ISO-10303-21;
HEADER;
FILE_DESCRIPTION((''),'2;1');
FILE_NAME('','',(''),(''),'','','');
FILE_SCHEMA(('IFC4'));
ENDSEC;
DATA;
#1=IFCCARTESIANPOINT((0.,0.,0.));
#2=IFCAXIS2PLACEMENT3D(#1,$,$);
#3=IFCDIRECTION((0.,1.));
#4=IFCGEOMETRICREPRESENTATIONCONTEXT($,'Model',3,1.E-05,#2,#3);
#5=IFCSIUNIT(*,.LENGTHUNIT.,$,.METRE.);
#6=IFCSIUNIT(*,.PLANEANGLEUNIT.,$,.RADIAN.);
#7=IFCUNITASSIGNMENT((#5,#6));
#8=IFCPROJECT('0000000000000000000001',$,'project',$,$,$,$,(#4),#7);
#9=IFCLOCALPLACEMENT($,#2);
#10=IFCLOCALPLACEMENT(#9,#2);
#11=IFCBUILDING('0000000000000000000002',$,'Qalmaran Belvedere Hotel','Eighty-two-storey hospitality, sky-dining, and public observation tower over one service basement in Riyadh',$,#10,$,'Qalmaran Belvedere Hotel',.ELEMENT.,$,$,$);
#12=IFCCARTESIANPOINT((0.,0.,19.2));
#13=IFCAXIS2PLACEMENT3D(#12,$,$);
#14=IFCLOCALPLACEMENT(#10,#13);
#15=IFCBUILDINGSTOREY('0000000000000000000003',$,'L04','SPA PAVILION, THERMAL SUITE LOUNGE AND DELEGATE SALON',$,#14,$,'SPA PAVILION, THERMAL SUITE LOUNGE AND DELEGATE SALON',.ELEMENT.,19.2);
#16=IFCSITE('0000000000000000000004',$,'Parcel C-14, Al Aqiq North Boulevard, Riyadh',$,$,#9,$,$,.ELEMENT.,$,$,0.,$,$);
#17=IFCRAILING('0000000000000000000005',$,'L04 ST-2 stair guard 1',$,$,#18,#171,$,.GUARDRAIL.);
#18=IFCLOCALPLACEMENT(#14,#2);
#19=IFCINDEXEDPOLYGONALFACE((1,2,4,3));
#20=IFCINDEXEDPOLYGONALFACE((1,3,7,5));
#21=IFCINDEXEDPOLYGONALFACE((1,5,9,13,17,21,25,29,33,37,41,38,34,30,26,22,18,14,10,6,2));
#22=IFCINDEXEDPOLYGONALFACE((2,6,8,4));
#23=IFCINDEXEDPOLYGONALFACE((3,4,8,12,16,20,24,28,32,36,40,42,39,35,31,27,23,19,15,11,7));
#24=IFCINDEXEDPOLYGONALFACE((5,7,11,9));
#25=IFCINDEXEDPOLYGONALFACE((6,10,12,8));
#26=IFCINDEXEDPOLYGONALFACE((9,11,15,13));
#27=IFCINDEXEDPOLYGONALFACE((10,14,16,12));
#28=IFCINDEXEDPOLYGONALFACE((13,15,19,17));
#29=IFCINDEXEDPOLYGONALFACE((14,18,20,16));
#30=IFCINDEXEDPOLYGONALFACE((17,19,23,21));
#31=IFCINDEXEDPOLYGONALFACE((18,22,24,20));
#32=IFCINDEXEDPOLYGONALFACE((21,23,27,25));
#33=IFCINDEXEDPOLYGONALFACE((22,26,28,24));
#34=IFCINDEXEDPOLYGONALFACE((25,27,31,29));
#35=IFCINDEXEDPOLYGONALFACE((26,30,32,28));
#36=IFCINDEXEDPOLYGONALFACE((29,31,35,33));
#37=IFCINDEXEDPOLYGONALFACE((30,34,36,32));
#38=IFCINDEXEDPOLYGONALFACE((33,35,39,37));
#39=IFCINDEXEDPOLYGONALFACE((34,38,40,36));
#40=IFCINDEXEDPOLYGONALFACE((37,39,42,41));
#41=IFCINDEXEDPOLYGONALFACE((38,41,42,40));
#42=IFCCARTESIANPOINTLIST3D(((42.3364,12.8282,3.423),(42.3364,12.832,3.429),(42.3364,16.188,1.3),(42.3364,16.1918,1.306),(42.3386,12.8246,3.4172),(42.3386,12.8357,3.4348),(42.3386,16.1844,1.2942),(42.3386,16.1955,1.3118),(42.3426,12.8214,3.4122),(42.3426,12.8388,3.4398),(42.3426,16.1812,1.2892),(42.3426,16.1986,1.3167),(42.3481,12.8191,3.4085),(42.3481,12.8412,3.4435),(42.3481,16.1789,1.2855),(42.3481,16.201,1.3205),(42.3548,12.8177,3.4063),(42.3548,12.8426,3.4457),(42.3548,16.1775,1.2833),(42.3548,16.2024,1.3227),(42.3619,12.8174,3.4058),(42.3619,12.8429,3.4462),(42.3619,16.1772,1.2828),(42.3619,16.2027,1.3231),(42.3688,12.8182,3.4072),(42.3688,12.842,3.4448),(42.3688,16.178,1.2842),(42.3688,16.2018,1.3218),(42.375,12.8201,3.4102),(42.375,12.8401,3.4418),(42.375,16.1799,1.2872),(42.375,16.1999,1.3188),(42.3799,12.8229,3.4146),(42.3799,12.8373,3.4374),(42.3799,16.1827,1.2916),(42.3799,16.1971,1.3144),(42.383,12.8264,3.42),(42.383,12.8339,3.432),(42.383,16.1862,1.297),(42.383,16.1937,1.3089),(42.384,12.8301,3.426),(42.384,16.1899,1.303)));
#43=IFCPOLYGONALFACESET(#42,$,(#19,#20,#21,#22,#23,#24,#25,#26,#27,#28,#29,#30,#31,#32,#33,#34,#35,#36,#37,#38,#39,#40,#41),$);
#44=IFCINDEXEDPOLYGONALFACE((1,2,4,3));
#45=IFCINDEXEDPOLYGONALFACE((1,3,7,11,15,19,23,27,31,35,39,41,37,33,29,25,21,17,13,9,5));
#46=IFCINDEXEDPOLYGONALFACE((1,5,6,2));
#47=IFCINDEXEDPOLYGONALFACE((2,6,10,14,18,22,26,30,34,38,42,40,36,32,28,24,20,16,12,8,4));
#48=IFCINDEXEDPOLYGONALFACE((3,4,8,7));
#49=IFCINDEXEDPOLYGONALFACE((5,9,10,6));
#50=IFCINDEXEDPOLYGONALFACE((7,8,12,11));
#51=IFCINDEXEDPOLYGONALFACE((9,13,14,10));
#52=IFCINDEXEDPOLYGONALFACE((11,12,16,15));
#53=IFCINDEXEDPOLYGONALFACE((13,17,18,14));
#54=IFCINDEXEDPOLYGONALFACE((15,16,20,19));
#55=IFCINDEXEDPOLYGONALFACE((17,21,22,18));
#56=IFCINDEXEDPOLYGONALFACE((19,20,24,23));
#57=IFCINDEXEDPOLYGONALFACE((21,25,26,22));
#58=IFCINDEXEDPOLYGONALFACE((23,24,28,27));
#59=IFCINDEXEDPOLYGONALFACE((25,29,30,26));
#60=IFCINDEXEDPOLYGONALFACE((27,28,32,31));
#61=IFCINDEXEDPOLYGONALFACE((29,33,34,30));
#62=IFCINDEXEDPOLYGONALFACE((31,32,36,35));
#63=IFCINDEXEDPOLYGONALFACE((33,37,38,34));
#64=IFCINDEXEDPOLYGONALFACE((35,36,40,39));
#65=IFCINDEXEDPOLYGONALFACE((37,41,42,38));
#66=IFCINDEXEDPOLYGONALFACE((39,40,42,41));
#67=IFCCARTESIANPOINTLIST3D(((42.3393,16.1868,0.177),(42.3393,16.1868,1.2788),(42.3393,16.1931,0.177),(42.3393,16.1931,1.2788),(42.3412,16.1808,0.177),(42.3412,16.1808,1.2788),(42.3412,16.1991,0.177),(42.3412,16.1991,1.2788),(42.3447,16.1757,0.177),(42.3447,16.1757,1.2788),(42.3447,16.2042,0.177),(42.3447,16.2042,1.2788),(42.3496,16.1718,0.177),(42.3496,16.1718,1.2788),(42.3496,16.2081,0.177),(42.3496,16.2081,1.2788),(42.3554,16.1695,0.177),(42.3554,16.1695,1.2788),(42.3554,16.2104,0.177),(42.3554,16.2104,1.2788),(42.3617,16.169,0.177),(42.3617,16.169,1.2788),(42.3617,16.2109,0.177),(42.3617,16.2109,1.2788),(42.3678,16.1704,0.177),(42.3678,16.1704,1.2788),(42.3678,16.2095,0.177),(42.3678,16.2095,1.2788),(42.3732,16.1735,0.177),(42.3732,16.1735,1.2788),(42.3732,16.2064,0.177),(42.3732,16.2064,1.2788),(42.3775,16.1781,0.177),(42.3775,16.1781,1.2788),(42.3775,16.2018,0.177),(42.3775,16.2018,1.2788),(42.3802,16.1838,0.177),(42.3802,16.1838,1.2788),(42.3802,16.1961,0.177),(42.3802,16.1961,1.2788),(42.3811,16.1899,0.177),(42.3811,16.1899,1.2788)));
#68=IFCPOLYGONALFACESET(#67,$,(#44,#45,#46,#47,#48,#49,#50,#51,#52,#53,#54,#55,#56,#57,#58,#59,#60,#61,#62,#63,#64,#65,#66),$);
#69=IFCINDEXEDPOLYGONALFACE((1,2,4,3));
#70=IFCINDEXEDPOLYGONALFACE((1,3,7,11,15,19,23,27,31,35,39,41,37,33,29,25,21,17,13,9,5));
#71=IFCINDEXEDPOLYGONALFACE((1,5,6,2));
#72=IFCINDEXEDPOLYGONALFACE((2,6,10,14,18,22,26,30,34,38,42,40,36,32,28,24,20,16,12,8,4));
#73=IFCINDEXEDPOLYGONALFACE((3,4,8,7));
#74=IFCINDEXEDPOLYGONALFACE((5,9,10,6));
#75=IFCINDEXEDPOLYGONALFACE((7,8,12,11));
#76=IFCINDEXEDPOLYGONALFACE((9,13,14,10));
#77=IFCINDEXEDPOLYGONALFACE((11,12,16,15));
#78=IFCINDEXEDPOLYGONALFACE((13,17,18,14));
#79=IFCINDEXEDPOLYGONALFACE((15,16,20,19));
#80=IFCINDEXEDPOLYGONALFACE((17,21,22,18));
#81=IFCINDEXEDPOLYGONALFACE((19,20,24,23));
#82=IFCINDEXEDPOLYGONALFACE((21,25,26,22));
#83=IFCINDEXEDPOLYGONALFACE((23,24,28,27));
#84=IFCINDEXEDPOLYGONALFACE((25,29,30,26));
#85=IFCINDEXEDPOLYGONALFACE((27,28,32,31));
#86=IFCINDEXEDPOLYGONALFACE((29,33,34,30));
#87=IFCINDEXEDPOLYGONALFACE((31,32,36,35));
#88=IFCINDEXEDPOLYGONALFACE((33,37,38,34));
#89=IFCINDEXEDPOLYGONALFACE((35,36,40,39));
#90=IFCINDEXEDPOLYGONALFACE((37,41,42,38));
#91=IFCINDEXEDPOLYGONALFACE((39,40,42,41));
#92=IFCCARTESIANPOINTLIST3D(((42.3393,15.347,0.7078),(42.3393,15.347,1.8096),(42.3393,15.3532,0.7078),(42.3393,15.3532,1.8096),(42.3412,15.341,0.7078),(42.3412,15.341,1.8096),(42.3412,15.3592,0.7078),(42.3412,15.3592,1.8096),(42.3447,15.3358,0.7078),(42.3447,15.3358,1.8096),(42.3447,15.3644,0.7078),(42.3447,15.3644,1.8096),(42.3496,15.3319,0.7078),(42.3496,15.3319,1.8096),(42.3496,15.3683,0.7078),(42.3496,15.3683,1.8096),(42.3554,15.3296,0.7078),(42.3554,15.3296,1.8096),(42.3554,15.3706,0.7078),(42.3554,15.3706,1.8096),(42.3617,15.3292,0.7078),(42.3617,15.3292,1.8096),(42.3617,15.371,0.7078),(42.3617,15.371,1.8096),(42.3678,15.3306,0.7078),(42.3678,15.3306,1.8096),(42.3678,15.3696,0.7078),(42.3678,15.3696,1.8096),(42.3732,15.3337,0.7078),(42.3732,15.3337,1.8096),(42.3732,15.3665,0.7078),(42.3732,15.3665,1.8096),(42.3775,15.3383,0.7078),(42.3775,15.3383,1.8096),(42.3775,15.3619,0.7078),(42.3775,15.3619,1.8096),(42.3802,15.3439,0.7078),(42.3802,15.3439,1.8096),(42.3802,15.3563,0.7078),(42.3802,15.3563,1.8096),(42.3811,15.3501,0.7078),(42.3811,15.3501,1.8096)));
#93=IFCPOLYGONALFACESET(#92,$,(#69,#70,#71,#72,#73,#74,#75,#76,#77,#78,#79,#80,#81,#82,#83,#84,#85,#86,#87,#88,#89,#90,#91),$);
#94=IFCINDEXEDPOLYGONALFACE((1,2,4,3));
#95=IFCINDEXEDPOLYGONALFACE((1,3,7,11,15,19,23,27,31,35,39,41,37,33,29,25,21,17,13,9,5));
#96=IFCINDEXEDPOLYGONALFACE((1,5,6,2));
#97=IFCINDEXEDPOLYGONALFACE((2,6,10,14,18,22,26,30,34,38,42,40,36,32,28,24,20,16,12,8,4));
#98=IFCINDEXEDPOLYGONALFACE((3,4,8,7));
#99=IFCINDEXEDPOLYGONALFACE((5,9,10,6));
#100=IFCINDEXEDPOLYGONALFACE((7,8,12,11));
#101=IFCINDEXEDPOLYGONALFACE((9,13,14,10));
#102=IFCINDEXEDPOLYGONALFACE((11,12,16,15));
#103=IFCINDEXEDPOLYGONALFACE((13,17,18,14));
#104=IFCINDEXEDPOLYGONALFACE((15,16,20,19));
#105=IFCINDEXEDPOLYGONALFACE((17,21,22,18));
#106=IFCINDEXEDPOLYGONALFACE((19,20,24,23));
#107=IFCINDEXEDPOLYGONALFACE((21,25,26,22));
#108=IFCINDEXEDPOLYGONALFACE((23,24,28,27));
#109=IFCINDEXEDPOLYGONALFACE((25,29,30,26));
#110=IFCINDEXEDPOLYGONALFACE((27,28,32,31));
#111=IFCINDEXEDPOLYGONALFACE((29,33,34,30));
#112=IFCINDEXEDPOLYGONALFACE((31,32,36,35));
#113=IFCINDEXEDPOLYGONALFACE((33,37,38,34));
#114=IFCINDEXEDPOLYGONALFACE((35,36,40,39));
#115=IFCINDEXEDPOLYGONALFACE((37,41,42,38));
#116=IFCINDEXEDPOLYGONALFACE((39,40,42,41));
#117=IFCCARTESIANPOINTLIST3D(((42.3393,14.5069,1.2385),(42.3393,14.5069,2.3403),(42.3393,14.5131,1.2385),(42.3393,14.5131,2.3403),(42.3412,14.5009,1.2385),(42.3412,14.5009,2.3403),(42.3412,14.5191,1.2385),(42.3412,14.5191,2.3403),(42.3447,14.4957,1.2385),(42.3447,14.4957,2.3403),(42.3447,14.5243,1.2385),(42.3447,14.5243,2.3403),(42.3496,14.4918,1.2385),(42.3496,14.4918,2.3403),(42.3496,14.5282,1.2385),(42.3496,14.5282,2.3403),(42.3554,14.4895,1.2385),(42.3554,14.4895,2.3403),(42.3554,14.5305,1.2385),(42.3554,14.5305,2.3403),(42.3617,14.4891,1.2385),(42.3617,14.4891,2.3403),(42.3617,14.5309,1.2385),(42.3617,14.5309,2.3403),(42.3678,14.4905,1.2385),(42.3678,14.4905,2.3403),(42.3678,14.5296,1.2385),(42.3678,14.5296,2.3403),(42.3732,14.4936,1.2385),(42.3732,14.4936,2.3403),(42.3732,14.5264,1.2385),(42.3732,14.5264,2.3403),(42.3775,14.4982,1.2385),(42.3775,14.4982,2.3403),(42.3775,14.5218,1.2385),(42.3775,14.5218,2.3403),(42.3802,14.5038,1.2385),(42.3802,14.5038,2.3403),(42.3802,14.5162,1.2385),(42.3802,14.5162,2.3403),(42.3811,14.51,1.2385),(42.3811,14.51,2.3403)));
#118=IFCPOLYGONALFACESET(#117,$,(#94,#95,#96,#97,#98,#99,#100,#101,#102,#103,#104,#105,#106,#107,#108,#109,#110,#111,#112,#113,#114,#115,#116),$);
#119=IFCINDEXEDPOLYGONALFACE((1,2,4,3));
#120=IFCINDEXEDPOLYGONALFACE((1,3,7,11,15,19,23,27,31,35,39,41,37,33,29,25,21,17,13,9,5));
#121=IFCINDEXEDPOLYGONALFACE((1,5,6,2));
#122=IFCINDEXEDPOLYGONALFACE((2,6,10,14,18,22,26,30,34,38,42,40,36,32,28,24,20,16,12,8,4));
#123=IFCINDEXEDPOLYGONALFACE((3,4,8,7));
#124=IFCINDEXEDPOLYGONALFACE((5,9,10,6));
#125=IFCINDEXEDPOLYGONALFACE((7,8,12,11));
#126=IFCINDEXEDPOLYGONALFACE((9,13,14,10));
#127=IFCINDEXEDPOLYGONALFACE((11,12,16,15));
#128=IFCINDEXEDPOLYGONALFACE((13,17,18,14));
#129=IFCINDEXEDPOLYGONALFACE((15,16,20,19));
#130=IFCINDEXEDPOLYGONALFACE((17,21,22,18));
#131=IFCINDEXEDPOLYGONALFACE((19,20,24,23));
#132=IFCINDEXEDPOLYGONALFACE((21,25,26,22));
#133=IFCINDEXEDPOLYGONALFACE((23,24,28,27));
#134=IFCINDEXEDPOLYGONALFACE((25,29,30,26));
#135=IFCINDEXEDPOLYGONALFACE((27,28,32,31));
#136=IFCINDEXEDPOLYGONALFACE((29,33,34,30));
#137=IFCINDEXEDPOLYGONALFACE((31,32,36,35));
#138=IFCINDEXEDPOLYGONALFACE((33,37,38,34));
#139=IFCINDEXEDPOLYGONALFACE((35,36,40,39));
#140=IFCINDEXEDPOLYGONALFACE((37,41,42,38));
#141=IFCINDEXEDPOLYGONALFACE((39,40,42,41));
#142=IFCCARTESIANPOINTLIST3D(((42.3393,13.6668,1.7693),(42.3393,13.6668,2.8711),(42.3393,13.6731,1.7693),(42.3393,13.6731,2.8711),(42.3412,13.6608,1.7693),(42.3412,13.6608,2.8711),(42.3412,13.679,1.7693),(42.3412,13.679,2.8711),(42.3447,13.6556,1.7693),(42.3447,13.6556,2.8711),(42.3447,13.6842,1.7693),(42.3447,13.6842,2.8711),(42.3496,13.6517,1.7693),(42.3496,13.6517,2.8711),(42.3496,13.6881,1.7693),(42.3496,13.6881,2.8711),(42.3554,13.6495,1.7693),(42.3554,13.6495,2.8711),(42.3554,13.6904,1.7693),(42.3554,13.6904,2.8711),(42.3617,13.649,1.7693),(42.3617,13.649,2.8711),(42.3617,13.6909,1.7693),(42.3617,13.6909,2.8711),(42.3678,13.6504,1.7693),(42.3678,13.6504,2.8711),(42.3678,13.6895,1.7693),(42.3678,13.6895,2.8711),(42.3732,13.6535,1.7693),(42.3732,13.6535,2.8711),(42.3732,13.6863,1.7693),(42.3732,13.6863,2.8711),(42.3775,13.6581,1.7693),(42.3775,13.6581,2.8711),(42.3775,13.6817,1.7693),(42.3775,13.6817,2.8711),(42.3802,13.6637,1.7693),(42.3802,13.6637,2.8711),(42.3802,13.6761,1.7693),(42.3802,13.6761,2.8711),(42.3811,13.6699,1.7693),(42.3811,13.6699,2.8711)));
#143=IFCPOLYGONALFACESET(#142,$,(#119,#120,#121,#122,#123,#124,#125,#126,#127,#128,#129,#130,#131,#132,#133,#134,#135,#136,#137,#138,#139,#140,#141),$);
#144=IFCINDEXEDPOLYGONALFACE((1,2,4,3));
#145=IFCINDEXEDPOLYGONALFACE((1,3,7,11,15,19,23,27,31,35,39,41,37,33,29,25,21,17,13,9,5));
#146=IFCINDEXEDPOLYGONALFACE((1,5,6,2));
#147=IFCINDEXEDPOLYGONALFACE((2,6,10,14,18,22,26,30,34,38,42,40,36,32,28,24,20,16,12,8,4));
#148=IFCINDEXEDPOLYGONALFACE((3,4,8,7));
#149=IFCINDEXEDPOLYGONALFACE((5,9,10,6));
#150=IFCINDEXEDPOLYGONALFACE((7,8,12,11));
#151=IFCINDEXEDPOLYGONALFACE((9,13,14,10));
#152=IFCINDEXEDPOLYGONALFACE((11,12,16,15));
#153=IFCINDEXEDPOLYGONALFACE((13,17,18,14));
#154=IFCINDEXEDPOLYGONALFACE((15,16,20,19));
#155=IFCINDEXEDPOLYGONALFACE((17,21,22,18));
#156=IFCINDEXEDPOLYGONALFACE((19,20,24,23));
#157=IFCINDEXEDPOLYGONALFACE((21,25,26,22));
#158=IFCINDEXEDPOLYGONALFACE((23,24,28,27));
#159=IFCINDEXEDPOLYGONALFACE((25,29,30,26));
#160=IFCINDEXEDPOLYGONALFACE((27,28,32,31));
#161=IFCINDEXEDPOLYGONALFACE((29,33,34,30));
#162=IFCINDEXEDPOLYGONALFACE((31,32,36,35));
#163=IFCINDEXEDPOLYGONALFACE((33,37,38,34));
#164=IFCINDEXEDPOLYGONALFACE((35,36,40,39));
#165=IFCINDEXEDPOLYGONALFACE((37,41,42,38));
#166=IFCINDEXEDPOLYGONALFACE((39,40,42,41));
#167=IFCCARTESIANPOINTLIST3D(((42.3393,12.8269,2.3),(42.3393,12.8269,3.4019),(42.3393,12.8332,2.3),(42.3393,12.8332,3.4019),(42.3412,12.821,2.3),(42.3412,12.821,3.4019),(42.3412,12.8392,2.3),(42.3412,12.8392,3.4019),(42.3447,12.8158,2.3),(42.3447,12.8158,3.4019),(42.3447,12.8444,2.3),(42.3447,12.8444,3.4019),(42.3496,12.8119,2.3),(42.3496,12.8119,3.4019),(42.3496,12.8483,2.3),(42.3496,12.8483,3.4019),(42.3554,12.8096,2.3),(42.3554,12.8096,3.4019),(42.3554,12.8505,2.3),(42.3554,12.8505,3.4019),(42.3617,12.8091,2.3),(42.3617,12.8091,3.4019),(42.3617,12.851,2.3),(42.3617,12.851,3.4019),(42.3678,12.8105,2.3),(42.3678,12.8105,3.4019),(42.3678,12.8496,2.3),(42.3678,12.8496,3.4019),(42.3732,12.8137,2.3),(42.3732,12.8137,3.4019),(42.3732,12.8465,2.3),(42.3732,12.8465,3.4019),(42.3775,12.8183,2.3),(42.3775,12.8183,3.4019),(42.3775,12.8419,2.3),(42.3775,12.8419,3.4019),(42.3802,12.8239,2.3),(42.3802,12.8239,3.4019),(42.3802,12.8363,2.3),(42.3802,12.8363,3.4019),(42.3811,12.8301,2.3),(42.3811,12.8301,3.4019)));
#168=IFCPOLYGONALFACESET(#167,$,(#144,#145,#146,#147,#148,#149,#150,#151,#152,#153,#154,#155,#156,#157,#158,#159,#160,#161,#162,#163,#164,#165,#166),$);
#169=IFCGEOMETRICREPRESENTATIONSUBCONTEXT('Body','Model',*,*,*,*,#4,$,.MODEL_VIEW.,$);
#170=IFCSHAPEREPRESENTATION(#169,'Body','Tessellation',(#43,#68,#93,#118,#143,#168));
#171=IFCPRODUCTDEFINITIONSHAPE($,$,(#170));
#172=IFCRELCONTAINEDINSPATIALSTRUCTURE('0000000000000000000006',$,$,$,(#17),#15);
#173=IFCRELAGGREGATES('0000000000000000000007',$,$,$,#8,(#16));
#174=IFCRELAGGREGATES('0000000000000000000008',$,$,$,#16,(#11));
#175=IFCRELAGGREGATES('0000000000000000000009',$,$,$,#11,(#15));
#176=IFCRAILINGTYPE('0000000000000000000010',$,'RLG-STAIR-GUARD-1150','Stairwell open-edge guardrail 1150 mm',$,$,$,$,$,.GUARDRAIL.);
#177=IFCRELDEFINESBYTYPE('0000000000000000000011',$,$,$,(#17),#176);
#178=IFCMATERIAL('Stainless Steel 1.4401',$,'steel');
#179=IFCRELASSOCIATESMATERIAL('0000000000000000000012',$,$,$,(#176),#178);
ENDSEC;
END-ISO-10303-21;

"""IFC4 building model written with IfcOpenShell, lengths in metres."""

from ifc_helpers import new_model, si_unit, direction, frame, origin, origin_2d, place, context, subcontext, project, spatial, circle, extrude, material, type_object, element, save


model = new_model("IFC4")

# Units and contexts
model_context = context("Model", 3, precision=1e-05, world=origin(), true_north=direction((0.0, 1.0)))
body_context = subcontext(model_context, "Body", "Model", "MODEL_VIEW")
ifc_project = project(units=[si_unit("LENGTHUNIT", "METRE"), si_unit("PLANEANGLEUNIT", "RADIAN")], contexts=[model_context])

# Site, building, storey
site_placement = place(None, origin())
site = spatial("IfcSite", under=ifc_project, at=site_placement, Name="Parcel C-14, Al Aqiq North Boulevard, Riyadh", CompositionType="ELEMENT", RefElevation=0.0)
building_placement = place(site_placement, origin())
building = spatial("IfcBuilding", under=site, at=building_placement, Name="Qalmaran Belvedere Hotel", Description="Eighty-two-storey hospitality, sky-dining, and public observation tower over one service basement in Riyadh", LongName="Qalmaran Belvedere Hotel", CompositionType="ELEMENT")
storey_placement = place(building_placement, frame((0.0, 0.0, 19.2)))
storey = spatial("IfcBuildingStorey", under=building, at=storey_placement, Name="L04", Description="SPA PAVILION, THERMAL SUITE LOUNGE AND DELEGATE SALON", LongName="SPA PAVILION, THERMAL SUITE LOUNGE AND DELEGATE SALON", CompositionType="ELEMENT", Elevation=19.2)

# Shared definitions
ifc_material_1 = material(Name="Stainless Steel 1.4401", Category="steel")

# Railing
railing_type_1 = type_object("IfcRailingType", Name="RLG-STAIR-GUARD-1150", Description="Stairwell open-edge guardrail 1150 mm", PredefinedType="GUARDRAIL", material=ifc_material_1)
railing_1_placement = place(storey_placement, frame((42.3601, 16.1899, 0.177)))
element("IfcRailing", 1, at=railing_1_placement, inside=storey, type_object=railing_type_1, Name="L04 ST-2 stair guard 1", PredefinedType="GUARDRAIL", context=body_context, shape_type="SweptSolid", body=[
    extrude(circle(Radius=0.0239, at=origin_2d()), frame((0.0, 0.0, 1.126), z_axis=(0.0, -0.845372, 0.534178), x_axis=(1.0, 0.0, 0.0)), (0.0, 0.0, 1.0), 3.9744),
    extrude(circle(Radius=0.021, at=origin_2d()), origin(), (0.0, 0.0, 1.0), 1.1018),
    extrude(circle(Radius=0.021, at=origin_2d()), frame((0.0, -0.8398, 0.5308)), (0.0, 0.0, 1.0), 1.1018),
    extrude(circle(Radius=0.021, at=origin_2d()), frame((0.0, -1.6799, 1.0615)), (0.0, 0.0, 1.0), 1.1018),
    extrude(circle(Radius=0.021, at=origin_2d()), frame((0.0, -2.52, 1.5923)), (0.0, 0.0, 1.0), 1.1018),
    extrude(circle(Radius=0.021, at=origin_2d()), frame((0.0, -3.3599, 2.123)), (0.0, 0.0, 1.0), 1.1018),
])

save(model, "model.ifc")
